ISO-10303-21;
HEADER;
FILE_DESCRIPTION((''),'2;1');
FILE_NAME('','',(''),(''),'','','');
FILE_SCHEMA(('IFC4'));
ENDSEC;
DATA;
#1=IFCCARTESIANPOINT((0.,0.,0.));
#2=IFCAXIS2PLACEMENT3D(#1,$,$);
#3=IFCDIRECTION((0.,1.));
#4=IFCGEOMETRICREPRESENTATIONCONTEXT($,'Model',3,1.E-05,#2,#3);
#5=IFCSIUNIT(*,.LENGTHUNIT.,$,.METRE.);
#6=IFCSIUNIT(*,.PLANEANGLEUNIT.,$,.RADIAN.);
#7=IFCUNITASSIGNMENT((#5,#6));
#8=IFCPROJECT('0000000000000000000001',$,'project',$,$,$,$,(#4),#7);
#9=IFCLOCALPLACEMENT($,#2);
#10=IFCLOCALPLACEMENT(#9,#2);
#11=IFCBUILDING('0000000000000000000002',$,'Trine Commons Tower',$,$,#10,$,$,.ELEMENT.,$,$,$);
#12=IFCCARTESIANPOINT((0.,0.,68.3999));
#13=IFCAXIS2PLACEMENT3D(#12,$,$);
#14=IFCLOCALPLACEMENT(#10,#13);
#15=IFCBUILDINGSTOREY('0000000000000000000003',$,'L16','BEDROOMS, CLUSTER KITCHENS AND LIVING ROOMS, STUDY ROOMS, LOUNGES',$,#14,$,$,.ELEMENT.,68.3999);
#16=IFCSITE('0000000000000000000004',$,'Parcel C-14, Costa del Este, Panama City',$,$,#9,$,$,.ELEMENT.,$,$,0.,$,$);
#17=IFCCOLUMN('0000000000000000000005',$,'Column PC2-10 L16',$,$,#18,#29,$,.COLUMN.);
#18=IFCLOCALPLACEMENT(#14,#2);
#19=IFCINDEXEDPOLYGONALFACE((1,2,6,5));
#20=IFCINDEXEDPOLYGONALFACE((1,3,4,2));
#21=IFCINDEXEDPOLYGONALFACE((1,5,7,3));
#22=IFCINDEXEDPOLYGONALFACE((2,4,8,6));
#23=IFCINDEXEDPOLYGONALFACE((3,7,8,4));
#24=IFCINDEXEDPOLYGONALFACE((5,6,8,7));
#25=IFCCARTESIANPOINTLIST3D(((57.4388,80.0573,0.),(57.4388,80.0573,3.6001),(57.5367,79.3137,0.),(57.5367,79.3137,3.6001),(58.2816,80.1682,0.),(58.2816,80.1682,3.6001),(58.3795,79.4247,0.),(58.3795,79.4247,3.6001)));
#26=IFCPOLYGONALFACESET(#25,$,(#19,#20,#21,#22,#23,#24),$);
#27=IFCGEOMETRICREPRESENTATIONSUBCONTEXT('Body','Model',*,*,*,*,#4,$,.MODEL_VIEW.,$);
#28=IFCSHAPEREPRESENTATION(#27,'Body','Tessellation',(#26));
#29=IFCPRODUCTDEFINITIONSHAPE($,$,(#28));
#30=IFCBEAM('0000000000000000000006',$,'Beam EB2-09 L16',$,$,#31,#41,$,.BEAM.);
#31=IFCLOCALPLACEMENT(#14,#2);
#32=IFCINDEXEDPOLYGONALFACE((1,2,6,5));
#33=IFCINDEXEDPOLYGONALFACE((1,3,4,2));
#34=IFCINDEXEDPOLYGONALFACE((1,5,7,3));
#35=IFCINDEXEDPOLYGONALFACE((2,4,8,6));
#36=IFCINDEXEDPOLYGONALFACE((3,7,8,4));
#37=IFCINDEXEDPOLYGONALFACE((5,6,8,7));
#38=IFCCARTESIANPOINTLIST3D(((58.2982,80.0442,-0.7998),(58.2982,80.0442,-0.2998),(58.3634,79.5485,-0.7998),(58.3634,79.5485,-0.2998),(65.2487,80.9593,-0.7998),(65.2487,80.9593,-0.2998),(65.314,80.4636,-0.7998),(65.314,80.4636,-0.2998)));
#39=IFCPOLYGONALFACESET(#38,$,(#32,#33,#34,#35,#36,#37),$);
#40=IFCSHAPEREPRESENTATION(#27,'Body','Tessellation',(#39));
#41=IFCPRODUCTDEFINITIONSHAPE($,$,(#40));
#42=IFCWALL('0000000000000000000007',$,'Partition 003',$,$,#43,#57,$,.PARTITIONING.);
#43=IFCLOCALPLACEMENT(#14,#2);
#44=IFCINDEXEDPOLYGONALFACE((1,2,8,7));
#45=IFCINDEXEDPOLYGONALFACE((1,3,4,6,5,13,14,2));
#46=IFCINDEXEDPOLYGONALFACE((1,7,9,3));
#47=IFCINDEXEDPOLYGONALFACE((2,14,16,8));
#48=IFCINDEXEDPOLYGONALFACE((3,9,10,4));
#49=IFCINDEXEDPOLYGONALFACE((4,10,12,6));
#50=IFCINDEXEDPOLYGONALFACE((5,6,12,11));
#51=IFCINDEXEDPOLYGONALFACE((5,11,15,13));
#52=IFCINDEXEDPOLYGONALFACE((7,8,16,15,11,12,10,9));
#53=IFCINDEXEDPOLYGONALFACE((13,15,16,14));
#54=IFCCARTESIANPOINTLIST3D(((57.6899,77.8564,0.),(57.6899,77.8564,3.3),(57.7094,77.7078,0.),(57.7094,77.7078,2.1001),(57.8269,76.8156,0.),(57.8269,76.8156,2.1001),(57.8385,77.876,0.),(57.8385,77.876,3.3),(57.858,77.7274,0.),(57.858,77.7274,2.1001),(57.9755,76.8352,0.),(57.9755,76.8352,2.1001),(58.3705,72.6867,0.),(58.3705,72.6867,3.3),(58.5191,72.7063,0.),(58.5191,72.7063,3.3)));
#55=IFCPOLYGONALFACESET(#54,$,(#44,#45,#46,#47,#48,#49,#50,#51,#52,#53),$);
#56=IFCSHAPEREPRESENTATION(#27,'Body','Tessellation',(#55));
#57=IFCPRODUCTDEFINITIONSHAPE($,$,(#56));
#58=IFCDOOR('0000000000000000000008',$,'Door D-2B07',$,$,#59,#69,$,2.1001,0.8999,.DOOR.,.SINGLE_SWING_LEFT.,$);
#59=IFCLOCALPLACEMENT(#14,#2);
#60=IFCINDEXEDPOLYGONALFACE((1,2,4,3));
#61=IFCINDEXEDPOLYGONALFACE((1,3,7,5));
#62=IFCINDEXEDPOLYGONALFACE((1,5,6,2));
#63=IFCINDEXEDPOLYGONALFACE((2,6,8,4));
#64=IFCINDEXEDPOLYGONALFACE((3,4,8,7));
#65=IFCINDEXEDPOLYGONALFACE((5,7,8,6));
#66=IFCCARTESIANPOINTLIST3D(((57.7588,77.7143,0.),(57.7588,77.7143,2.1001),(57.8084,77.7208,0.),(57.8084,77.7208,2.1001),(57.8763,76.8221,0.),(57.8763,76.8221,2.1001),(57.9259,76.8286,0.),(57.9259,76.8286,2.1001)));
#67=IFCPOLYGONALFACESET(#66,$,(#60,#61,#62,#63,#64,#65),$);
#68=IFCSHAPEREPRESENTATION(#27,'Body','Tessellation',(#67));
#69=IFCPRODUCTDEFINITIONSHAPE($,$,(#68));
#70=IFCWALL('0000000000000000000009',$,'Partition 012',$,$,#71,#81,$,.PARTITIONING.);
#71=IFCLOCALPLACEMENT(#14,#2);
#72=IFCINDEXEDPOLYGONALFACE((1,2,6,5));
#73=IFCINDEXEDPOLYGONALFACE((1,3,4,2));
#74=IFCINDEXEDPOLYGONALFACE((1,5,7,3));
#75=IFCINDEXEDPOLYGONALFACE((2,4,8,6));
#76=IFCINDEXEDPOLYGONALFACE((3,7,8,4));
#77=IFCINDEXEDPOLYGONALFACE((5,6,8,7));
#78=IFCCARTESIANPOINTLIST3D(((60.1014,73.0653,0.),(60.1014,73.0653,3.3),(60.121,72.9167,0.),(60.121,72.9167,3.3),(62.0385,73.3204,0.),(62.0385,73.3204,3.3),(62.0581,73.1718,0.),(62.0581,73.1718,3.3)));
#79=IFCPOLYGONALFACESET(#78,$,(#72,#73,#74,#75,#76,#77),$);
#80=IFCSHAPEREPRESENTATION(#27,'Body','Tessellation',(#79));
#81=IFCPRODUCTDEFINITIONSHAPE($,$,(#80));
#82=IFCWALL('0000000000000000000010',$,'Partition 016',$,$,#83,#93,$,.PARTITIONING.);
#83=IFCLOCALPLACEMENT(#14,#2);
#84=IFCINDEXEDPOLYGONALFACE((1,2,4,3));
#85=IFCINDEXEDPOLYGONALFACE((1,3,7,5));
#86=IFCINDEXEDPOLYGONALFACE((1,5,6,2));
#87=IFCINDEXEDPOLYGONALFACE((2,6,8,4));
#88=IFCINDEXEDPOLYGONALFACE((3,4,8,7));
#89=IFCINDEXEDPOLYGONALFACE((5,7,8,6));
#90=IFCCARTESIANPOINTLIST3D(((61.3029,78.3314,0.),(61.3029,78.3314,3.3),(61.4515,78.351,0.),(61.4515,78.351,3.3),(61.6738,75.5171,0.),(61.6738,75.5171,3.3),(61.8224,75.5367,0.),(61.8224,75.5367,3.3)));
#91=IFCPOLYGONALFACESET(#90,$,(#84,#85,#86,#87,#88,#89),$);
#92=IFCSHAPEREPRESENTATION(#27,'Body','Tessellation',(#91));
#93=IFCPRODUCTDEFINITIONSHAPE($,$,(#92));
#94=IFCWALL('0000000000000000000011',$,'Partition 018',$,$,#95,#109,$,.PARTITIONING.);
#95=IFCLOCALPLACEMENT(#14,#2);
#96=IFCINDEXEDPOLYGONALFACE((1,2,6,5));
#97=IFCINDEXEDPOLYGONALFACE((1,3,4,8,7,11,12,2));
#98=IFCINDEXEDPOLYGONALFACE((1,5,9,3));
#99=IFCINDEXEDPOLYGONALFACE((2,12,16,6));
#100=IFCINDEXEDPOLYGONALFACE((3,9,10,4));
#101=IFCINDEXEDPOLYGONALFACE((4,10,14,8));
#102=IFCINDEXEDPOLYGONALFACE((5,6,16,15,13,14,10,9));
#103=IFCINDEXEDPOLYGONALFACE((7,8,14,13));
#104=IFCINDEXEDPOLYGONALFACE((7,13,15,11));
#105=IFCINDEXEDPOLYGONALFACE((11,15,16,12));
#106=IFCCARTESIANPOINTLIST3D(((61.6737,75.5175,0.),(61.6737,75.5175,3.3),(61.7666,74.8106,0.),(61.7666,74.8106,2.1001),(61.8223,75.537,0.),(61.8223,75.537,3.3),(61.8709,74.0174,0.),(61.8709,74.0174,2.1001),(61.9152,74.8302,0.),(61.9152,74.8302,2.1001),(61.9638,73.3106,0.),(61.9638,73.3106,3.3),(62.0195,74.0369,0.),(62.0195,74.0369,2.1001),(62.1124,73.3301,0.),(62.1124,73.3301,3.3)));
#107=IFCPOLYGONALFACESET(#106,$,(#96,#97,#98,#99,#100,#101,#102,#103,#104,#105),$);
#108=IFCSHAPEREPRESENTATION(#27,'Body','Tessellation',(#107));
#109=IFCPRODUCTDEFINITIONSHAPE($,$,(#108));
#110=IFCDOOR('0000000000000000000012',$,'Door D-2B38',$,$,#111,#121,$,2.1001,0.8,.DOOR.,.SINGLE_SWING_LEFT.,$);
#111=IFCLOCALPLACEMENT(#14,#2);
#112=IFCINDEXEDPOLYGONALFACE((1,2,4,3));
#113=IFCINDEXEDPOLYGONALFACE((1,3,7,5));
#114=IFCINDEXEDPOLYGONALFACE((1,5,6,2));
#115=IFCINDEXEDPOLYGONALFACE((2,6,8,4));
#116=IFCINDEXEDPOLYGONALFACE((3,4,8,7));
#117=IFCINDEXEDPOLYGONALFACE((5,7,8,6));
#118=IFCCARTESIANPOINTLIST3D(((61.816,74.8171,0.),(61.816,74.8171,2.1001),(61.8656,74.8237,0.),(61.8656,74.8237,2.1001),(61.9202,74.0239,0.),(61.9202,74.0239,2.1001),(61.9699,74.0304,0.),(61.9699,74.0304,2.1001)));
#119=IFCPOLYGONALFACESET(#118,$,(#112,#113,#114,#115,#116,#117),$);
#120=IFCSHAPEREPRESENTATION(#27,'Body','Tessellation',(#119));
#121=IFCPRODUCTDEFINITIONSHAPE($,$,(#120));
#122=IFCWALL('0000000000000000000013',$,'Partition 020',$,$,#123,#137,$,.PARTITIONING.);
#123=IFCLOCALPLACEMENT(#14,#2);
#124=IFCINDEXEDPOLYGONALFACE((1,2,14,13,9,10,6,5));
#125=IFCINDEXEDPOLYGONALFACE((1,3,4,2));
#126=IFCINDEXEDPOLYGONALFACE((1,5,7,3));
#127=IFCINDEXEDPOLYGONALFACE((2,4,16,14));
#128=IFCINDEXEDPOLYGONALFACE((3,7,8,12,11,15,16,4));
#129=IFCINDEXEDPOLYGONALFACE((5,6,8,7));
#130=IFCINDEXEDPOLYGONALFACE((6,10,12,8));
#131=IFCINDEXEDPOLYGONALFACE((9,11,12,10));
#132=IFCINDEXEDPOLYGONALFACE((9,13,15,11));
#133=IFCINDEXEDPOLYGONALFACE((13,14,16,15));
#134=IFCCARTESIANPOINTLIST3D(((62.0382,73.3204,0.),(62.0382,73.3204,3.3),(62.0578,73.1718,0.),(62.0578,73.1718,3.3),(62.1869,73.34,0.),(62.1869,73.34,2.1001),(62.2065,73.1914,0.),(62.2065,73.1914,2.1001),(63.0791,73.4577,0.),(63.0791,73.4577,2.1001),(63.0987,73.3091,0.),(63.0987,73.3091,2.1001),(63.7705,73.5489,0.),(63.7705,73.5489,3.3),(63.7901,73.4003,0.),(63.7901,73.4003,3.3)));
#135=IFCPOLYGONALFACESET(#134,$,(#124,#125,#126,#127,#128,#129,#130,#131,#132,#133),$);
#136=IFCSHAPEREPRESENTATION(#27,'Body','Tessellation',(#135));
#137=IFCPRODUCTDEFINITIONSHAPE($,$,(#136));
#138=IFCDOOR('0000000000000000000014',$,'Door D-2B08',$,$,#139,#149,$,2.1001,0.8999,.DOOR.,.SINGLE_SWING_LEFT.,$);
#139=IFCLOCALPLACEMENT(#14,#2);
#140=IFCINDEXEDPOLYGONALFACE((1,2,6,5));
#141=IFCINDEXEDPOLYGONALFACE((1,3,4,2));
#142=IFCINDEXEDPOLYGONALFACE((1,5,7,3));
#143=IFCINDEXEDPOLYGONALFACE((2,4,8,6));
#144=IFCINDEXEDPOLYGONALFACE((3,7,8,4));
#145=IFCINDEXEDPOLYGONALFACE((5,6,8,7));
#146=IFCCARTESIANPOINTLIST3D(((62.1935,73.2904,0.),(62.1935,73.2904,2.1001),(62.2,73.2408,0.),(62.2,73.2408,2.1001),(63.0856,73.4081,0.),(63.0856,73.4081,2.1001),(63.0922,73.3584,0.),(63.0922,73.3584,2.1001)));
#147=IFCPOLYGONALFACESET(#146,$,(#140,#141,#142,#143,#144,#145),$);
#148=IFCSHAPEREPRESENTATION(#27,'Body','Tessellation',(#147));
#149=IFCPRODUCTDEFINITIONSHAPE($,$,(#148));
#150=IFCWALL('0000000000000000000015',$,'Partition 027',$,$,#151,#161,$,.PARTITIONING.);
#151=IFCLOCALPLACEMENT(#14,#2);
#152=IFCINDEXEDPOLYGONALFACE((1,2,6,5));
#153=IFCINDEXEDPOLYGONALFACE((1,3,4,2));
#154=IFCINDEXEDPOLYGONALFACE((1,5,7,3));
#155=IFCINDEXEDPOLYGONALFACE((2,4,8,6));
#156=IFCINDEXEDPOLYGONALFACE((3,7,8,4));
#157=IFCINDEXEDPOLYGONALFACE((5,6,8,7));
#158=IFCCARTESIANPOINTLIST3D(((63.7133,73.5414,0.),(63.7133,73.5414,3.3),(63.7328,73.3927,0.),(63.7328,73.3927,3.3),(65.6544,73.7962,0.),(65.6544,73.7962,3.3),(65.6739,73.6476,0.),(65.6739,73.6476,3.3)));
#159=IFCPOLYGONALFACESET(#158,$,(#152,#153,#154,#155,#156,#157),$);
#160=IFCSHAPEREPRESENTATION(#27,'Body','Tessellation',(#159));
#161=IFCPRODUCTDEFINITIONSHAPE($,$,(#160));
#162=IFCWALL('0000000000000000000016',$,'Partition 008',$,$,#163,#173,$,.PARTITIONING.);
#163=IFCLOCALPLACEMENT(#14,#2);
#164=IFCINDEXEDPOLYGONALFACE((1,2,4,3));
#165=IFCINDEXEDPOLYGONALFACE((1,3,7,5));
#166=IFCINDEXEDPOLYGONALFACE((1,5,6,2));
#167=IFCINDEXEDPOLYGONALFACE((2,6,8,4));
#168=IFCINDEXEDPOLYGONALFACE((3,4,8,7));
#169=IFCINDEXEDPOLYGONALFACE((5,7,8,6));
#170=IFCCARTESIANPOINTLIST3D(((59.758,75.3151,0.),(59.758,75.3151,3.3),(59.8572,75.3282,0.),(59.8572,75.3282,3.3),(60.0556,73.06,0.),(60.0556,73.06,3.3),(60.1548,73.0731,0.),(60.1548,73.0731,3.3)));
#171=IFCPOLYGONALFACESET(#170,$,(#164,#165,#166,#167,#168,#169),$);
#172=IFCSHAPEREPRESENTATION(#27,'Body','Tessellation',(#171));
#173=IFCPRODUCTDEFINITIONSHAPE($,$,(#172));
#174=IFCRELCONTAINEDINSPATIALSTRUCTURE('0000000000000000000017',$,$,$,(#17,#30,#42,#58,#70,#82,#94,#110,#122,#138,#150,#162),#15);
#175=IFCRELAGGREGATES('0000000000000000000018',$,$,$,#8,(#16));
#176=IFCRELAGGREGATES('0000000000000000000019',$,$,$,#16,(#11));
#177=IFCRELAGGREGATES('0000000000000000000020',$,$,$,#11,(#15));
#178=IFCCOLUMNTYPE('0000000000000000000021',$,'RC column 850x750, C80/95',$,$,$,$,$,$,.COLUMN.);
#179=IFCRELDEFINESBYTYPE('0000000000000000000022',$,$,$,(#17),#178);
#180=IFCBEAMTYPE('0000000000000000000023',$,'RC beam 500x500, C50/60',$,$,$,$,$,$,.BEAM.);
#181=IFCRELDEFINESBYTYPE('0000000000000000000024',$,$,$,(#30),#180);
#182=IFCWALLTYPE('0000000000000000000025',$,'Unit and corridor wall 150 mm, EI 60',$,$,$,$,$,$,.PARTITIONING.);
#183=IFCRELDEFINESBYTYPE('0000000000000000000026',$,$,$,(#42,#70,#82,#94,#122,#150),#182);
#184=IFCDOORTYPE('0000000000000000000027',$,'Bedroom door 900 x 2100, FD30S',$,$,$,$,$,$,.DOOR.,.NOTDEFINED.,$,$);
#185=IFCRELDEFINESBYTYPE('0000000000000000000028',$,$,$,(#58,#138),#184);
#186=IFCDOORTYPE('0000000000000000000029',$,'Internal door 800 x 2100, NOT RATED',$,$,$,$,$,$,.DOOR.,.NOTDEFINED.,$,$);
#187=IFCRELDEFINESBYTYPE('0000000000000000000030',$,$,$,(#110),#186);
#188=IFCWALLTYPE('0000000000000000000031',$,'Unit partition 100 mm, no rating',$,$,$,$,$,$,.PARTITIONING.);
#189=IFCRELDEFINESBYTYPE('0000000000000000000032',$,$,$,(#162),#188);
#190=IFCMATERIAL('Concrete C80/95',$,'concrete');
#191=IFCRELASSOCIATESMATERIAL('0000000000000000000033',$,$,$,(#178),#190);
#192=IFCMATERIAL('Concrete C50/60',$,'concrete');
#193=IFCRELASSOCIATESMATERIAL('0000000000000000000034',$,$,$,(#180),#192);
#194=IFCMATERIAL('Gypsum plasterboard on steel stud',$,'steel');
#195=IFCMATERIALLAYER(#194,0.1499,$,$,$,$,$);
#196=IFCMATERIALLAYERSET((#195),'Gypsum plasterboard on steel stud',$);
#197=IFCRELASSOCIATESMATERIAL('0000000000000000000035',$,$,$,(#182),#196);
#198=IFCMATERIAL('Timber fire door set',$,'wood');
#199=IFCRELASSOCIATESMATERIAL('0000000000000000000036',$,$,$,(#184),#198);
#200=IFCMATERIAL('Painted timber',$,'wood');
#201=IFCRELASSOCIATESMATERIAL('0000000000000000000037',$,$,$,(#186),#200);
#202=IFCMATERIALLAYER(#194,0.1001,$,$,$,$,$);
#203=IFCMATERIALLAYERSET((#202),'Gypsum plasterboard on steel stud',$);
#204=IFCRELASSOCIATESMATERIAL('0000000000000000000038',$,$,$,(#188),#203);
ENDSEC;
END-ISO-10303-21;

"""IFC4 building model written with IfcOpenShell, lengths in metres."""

from ifc_helpers import new_model, si_unit, direction, frame, frame_2d, origin, origin_2d, place, context, subcontext, project, spatial, rectangle, extrude, material, layer, layer_set, material_profile, profile_set, type_object, element, fill, save


model = new_model("IFC4")

# Units and contexts
model_context = context("Model", 3, precision=1e-05, world=origin(), true_north=direction((0.0, 1.0)))
body_context = subcontext(model_context, "Body", "Model", "MODEL_VIEW")
ifc_project = project(units=[si_unit("LENGTHUNIT", "METRE"), si_unit("PLANEANGLEUNIT", "RADIAN")], contexts=[model_context])

# Site, building, storey
site_placement = place(None, origin())
site = spatial("IfcSite", under=ifc_project, at=site_placement, Name="Parcel C-14, Costa del Este, Panama City", CompositionType="ELEMENT", RefElevation=0.0)
building_placement = place(site_placement, origin())
building = spatial("IfcBuilding", under=site, at=building_placement, Name="Trine Commons Tower", CompositionType="ELEMENT")
storey_placement = place(building_placement, frame((0.0, 0.0, 68.3999)))
storey = spatial("IfcBuildingStorey", under=building, at=storey_placement, Name="L16", Description="BEDROOMS, CLUSTER KITCHENS AND LIVING ROOMS, STUDY ROOMS, LOUNGES", CompositionType="ELEMENT", Elevation=68.3999)

# Column
ifc_material_1 = material(Name="Concrete C80/95", Category="concrete")
ifc_material_profile_1 = material_profile(ifc_material_1, rectangle(XDim=0.8501, YDim=0.75, at=origin_2d()), Name="RC 850x750")
ifc_profile_set_1 = profile_set([ifc_material_profile_1], Name="Concrete C80/95")
column_type = type_object("IfcColumnType", Name="RC column 850x750, C80/95", PredefinedType="COLUMN", material=ifc_profile_set_1)
column_placement = place(storey_placement, frame((57.9092, 79.741, 0.0), z_axis=(0.0, 0.0, 1.0), x_axis=(0.991445, 0.130526, 0.0)))
element("IfcColumn", 1, at=column_placement, inside=storey, type_object=column_type, Name="Column PC2-10 L16", PredefinedType="COLUMN", context=body_context, shape_type="SweptSolid", body=[
    extrude(rectangle(XDim=0.8501, YDim=0.75, at=origin_2d()), origin(), (0.0, 0.0, 1.0), 3.6001),
])

# Beam
ifc_material_2 = material(Name="Concrete C50/60", Category="concrete")
ifc_material_profile_2 = material_profile(ifc_material_2, rectangle(XDim=0.5, YDim=0.5, at=origin_2d()), Name="RC 500x500")
ifc_profile_set_2 = profile_set([ifc_material_profile_2], Name="Concrete C50/60")
beam_type = type_object("IfcBeamType", Name="RC beam 500x500, C50/60", PredefinedType="BEAM", material=ifc_profile_set_2)
beam_placement = place(storey_placement, frame((58.3308, 79.7964, -0.5498), z_axis=(0.991445, 0.130526, 0.0), x_axis=(-0.130526, 0.991445, 0.0)))
element("IfcBeam", 2, at=beam_placement, inside=storey, type_object=beam_type, Name="Beam EB2-09 L16", PredefinedType="BEAM", context=body_context, shape_type="SweptSolid", body=[
    extrude(rectangle(XDim=0.5, YDim=0.5, at=origin_2d()), origin(), (0.0, 0.0, 1.0), 7.0105),
])

# Wall, opening, door
ifc_material_3 = material(Name="Gypsum plasterboard on steel stud", Category="steel")
ifc_layer_1 = layer(ifc_material_3, 0.1499)
ifc_layer_set_1 = layer_set([ifc_layer_1], Name="Gypsum plasterboard on steel stud")
wall_type_1 = type_object("IfcWallType", Name="Unit and corridor wall 150 mm, EI 60", PredefinedType="PARTITIONING", material=ifc_layer_set_1)
wall_1_placement = place(storey_placement, frame((57.7642, 77.8662, 0.0), z_axis=(0.0, 0.0, 1.0), x_axis=(0.130538, -0.991443, 0.0)))
wall_1 = element("IfcWall", 3, at=wall_1_placement, inside=storey, type_object=wall_type_1, Name="Partition 003", PredefinedType="PARTITIONING", context=body_context, shape_type="SweptSolid", body=[
    extrude(rectangle(XDim=5.2144, YDim=0.1499, at=frame_2d((2.6072, 0.0))), origin(), (0.0, 0.0, 1.0), 3.3),
])
opening_1_placement = place(wall_1_placement, frame((0.1499, 0.0, 0.0)))
opening_1 = element("IfcOpeningElement", 4, at=opening_1_placement, cuts=wall_1, PredefinedType="OPENING", context=body_context, shape_type="SweptSolid", body=[
    extrude(rectangle(XDim=0.8999, YDim=2.1001, at=frame_2d((0.45, 1.05))), frame((0.0, 0.085, 0.0), z_axis=(0.0, -1.0, 0.0), x_axis=(1.0, 0.0, 0.0)), (0.0, 0.0, 1.0), 0.1699),
])
ifc_material_4 = material(Name="Timber fire door set", Category="wood")
door_type_1 = type_object("IfcDoorType", Name="Bedroom door 900 x 2100, FD30S", OperationType="NOTDEFINED", PredefinedType="DOOR", material=ifc_material_4)
door_1_placement = place(opening_1_placement, origin())
door_1 = element("IfcDoor", 5, at=door_1_placement, inside=storey, type_object=door_type_1, Name="Door D-2B07", OperationType="SINGLE_SWING_LEFT", OverallHeight=2.1001, OverallWidth=0.8999, PredefinedType="DOOR", context=body_context, shape_type="SweptSolid", body=[
    extrude(rectangle(XDim=0.8999, YDim=2.1001, at=frame_2d((0.45, 1.05))), frame((0.0, 0.0249, 0.0), z_axis=(0.0, -1.0, 0.0), x_axis=(1.0, 0.0, 0.0)), (0.0, 0.0, 1.0), 0.05),
])
fill(opening_1, door_1)

# Walls
wall_2_placement = place(storey_placement, frame((60.1111, 72.991, 0.0), z_axis=(0.0, 0.0, 1.0), x_axis=(0.991437, 0.130584, 0.0)))
element("IfcWall", 6, at=wall_2_placement, inside=storey, type_object=wall_type_1, Name="Partition 012", PredefinedType="PARTITIONING", context=body_context, shape_type="SweptSolid", body=[
    extrude(rectangle(XDim=1.9539, YDim=0.1499, at=frame_2d((0.9771, 0.0))), origin(), (0.0, 0.0, 1.0), 3.3),
])
wall_3_placement = place(storey_placement, frame((61.3772, 78.3413, 0.0), z_axis=(0.0, 0.0, 1.0), x_axis=(0.130648, -0.991429, 0.0)))
element("IfcWall", 7, at=wall_3_placement, inside=storey, type_object=wall_type_1, Name="Partition 016", PredefinedType="PARTITIONING", context=body_context, shape_type="SweptSolid", body=[
    extrude(rectangle(XDim=2.8386, YDim=0.1499, at=frame_2d((1.4194, 0.0))), origin(), (0.0, 0.0, 1.0), 3.3),
])

# Walls, openings, doors
wall_4_placement = place(storey_placement, frame((61.748, 75.5271, 0.0), z_axis=(0.0, 0.0, 1.0), x_axis=(0.13031, -0.991473, 0.0)))
wall_4 = element("IfcWall", 8, at=wall_4_placement, inside=storey, type_object=wall_type_1, Name="Partition 018", PredefinedType="PARTITIONING", context=body_context, shape_type="SweptSolid", body=[
    extrude(rectangle(XDim=2.2258, YDim=0.1499, at=frame_2d((1.1128, 0.0))), origin(), (0.0, 0.0, 1.0), 3.3),
])
opening_2_placement = place(wall_4_placement, frame((0.7129, 0.0, 0.0)))
opening_2 = element("IfcOpeningElement", 9, at=opening_2_placement, cuts=wall_4, PredefinedType="OPENING", context=body_context, shape_type="SweptSolid", body=[
    extrude(rectangle(XDim=0.8, YDim=2.1001, at=frame_2d((0.3999, 1.05))), frame((0.0, 0.085, 0.0), z_axis=(0.0, -1.0, 0.0), x_axis=(1.0, 0.0, 0.0)), (0.0, 0.0, 1.0), 0.1699),
])
ifc_material_5 = material(Name="Painted timber", Category="wood")
door_type_2 = type_object("IfcDoorType", Name="Internal door 800 x 2100, NOT RATED", OperationType="NOTDEFINED", PredefinedType="DOOR", material=ifc_material_5)
door_2_placement = place(opening_2_placement, origin())
door_2 = element("IfcDoor", 10, at=door_2_placement, inside=storey, type_object=door_type_2, Name="Door D-2B38", OperationType="SINGLE_SWING_LEFT", OverallHeight=2.1001, OverallWidth=0.8, PredefinedType="DOOR", context=body_context, shape_type="SweptSolid", body=[
    extrude(rectangle(XDim=0.8, YDim=2.1001, at=frame_2d((0.3999, 1.05))), frame((0.0, 0.0249, 0.0), z_axis=(0.0, -1.0, 0.0), x_axis=(1.0, 0.0, 0.0)), (0.0, 0.0, 1.0), 0.05),
])
fill(opening_2, door_2)
wall_5_placement = place(storey_placement, frame((62.0481, 73.2461, 0.0), z_axis=(0.0, 0.0, 1.0), x_axis=(0.991412, 0.130773, 0.0)))
wall_5 = element("IfcWall", 11, at=wall_5_placement, inside=storey, type_object=wall_type_1, Name="Partition 020", PredefinedType="PARTITIONING", context=body_context, shape_type="SweptSolid", body=[
    extrude(rectangle(XDim=1.7473, YDim=0.1499, at=frame_2d((0.8735, 0.0))), origin(), (0.0, 0.0, 1.0), 3.3),
])
opening_3_placement = place(wall_5_placement, frame((0.1499, 0.0, 0.0)))
opening_3 = element("IfcOpeningElement", 12, at=opening_3_placement, cuts=wall_5, PredefinedType="OPENING", context=body_context, shape_type="SweptSolid", body=[
    extrude(rectangle(XDim=0.8999, YDim=2.1001, at=frame_2d((0.45, 1.05))), frame((0.0, 0.085, 0.0), z_axis=(0.0, -1.0, 0.0), x_axis=(1.0, 0.0, 0.0)), (0.0, 0.0, 1.0), 0.1699),
])
door_3_placement = place(opening_3_placement, origin())
door_3 = element("IfcDoor", 13, at=door_3_placement, inside=storey, type_object=door_type_1, Name="Door D-2B08", OperationType="SINGLE_SWING_LEFT", OverallHeight=2.1001, OverallWidth=0.8999, PredefinedType="DOOR", context=body_context, shape_type="SweptSolid", body=[
    extrude(rectangle(XDim=0.8999, YDim=2.1001, at=frame_2d((0.45, 1.05))), frame((0.0, 0.0249, 0.0), z_axis=(0.0, -1.0, 0.0), x_axis=(1.0, 0.0, 0.0)), (0.0, 0.0, 1.0), 0.05),
])
fill(opening_3, door_3)

# Walls
wall_6_placement = place(storey_placement, frame((63.7229, 73.467, 0.0), z_axis=(0.0, 0.0, 1.0), x_axis=(0.991489, 0.130187, 0.0)))
element("IfcWall", 14, at=wall_6_placement, inside=storey, type_object=wall_type_1, Name="Partition 027", PredefinedType="PARTITIONING", context=body_context, shape_type="SweptSolid", body=[
    extrude(rectangle(XDim=1.9578, YDim=0.1499, at=frame_2d((0.979, 0.0))), origin(), (0.0, 0.0, 1.0), 3.3),
])
ifc_layer_2 = layer(ifc_material_3, 0.1001)
ifc_layer_set_2 = layer_set([ifc_layer_2], Name="Gypsum plasterboard on steel stud")
wall_type_2 = type_object("IfcWallType", Name="Unit partition 100 mm, no rating", PredefinedType="PARTITIONING", material=ifc_layer_set_2)
wall_7_placement = place(storey_placement, frame((59.8076, 75.3215, 0.0), z_axis=(0.0, 0.0, 1.0), x_axis=(0.130835, -0.991404, 0.0)))
element("IfcWall", 15, at=wall_7_placement, inside=storey, type_object=wall_type_2, Name="Partition 008", PredefinedType="PARTITIONING", context=body_context, shape_type="SweptSolid", body=[
    extrude(rectangle(XDim=2.2747, YDim=0.1001, at=frame_2d((1.1372, 0.0))), origin(), (0.0, 0.0, 1.0), 3.3),
])

save(model, "model.ifc")
